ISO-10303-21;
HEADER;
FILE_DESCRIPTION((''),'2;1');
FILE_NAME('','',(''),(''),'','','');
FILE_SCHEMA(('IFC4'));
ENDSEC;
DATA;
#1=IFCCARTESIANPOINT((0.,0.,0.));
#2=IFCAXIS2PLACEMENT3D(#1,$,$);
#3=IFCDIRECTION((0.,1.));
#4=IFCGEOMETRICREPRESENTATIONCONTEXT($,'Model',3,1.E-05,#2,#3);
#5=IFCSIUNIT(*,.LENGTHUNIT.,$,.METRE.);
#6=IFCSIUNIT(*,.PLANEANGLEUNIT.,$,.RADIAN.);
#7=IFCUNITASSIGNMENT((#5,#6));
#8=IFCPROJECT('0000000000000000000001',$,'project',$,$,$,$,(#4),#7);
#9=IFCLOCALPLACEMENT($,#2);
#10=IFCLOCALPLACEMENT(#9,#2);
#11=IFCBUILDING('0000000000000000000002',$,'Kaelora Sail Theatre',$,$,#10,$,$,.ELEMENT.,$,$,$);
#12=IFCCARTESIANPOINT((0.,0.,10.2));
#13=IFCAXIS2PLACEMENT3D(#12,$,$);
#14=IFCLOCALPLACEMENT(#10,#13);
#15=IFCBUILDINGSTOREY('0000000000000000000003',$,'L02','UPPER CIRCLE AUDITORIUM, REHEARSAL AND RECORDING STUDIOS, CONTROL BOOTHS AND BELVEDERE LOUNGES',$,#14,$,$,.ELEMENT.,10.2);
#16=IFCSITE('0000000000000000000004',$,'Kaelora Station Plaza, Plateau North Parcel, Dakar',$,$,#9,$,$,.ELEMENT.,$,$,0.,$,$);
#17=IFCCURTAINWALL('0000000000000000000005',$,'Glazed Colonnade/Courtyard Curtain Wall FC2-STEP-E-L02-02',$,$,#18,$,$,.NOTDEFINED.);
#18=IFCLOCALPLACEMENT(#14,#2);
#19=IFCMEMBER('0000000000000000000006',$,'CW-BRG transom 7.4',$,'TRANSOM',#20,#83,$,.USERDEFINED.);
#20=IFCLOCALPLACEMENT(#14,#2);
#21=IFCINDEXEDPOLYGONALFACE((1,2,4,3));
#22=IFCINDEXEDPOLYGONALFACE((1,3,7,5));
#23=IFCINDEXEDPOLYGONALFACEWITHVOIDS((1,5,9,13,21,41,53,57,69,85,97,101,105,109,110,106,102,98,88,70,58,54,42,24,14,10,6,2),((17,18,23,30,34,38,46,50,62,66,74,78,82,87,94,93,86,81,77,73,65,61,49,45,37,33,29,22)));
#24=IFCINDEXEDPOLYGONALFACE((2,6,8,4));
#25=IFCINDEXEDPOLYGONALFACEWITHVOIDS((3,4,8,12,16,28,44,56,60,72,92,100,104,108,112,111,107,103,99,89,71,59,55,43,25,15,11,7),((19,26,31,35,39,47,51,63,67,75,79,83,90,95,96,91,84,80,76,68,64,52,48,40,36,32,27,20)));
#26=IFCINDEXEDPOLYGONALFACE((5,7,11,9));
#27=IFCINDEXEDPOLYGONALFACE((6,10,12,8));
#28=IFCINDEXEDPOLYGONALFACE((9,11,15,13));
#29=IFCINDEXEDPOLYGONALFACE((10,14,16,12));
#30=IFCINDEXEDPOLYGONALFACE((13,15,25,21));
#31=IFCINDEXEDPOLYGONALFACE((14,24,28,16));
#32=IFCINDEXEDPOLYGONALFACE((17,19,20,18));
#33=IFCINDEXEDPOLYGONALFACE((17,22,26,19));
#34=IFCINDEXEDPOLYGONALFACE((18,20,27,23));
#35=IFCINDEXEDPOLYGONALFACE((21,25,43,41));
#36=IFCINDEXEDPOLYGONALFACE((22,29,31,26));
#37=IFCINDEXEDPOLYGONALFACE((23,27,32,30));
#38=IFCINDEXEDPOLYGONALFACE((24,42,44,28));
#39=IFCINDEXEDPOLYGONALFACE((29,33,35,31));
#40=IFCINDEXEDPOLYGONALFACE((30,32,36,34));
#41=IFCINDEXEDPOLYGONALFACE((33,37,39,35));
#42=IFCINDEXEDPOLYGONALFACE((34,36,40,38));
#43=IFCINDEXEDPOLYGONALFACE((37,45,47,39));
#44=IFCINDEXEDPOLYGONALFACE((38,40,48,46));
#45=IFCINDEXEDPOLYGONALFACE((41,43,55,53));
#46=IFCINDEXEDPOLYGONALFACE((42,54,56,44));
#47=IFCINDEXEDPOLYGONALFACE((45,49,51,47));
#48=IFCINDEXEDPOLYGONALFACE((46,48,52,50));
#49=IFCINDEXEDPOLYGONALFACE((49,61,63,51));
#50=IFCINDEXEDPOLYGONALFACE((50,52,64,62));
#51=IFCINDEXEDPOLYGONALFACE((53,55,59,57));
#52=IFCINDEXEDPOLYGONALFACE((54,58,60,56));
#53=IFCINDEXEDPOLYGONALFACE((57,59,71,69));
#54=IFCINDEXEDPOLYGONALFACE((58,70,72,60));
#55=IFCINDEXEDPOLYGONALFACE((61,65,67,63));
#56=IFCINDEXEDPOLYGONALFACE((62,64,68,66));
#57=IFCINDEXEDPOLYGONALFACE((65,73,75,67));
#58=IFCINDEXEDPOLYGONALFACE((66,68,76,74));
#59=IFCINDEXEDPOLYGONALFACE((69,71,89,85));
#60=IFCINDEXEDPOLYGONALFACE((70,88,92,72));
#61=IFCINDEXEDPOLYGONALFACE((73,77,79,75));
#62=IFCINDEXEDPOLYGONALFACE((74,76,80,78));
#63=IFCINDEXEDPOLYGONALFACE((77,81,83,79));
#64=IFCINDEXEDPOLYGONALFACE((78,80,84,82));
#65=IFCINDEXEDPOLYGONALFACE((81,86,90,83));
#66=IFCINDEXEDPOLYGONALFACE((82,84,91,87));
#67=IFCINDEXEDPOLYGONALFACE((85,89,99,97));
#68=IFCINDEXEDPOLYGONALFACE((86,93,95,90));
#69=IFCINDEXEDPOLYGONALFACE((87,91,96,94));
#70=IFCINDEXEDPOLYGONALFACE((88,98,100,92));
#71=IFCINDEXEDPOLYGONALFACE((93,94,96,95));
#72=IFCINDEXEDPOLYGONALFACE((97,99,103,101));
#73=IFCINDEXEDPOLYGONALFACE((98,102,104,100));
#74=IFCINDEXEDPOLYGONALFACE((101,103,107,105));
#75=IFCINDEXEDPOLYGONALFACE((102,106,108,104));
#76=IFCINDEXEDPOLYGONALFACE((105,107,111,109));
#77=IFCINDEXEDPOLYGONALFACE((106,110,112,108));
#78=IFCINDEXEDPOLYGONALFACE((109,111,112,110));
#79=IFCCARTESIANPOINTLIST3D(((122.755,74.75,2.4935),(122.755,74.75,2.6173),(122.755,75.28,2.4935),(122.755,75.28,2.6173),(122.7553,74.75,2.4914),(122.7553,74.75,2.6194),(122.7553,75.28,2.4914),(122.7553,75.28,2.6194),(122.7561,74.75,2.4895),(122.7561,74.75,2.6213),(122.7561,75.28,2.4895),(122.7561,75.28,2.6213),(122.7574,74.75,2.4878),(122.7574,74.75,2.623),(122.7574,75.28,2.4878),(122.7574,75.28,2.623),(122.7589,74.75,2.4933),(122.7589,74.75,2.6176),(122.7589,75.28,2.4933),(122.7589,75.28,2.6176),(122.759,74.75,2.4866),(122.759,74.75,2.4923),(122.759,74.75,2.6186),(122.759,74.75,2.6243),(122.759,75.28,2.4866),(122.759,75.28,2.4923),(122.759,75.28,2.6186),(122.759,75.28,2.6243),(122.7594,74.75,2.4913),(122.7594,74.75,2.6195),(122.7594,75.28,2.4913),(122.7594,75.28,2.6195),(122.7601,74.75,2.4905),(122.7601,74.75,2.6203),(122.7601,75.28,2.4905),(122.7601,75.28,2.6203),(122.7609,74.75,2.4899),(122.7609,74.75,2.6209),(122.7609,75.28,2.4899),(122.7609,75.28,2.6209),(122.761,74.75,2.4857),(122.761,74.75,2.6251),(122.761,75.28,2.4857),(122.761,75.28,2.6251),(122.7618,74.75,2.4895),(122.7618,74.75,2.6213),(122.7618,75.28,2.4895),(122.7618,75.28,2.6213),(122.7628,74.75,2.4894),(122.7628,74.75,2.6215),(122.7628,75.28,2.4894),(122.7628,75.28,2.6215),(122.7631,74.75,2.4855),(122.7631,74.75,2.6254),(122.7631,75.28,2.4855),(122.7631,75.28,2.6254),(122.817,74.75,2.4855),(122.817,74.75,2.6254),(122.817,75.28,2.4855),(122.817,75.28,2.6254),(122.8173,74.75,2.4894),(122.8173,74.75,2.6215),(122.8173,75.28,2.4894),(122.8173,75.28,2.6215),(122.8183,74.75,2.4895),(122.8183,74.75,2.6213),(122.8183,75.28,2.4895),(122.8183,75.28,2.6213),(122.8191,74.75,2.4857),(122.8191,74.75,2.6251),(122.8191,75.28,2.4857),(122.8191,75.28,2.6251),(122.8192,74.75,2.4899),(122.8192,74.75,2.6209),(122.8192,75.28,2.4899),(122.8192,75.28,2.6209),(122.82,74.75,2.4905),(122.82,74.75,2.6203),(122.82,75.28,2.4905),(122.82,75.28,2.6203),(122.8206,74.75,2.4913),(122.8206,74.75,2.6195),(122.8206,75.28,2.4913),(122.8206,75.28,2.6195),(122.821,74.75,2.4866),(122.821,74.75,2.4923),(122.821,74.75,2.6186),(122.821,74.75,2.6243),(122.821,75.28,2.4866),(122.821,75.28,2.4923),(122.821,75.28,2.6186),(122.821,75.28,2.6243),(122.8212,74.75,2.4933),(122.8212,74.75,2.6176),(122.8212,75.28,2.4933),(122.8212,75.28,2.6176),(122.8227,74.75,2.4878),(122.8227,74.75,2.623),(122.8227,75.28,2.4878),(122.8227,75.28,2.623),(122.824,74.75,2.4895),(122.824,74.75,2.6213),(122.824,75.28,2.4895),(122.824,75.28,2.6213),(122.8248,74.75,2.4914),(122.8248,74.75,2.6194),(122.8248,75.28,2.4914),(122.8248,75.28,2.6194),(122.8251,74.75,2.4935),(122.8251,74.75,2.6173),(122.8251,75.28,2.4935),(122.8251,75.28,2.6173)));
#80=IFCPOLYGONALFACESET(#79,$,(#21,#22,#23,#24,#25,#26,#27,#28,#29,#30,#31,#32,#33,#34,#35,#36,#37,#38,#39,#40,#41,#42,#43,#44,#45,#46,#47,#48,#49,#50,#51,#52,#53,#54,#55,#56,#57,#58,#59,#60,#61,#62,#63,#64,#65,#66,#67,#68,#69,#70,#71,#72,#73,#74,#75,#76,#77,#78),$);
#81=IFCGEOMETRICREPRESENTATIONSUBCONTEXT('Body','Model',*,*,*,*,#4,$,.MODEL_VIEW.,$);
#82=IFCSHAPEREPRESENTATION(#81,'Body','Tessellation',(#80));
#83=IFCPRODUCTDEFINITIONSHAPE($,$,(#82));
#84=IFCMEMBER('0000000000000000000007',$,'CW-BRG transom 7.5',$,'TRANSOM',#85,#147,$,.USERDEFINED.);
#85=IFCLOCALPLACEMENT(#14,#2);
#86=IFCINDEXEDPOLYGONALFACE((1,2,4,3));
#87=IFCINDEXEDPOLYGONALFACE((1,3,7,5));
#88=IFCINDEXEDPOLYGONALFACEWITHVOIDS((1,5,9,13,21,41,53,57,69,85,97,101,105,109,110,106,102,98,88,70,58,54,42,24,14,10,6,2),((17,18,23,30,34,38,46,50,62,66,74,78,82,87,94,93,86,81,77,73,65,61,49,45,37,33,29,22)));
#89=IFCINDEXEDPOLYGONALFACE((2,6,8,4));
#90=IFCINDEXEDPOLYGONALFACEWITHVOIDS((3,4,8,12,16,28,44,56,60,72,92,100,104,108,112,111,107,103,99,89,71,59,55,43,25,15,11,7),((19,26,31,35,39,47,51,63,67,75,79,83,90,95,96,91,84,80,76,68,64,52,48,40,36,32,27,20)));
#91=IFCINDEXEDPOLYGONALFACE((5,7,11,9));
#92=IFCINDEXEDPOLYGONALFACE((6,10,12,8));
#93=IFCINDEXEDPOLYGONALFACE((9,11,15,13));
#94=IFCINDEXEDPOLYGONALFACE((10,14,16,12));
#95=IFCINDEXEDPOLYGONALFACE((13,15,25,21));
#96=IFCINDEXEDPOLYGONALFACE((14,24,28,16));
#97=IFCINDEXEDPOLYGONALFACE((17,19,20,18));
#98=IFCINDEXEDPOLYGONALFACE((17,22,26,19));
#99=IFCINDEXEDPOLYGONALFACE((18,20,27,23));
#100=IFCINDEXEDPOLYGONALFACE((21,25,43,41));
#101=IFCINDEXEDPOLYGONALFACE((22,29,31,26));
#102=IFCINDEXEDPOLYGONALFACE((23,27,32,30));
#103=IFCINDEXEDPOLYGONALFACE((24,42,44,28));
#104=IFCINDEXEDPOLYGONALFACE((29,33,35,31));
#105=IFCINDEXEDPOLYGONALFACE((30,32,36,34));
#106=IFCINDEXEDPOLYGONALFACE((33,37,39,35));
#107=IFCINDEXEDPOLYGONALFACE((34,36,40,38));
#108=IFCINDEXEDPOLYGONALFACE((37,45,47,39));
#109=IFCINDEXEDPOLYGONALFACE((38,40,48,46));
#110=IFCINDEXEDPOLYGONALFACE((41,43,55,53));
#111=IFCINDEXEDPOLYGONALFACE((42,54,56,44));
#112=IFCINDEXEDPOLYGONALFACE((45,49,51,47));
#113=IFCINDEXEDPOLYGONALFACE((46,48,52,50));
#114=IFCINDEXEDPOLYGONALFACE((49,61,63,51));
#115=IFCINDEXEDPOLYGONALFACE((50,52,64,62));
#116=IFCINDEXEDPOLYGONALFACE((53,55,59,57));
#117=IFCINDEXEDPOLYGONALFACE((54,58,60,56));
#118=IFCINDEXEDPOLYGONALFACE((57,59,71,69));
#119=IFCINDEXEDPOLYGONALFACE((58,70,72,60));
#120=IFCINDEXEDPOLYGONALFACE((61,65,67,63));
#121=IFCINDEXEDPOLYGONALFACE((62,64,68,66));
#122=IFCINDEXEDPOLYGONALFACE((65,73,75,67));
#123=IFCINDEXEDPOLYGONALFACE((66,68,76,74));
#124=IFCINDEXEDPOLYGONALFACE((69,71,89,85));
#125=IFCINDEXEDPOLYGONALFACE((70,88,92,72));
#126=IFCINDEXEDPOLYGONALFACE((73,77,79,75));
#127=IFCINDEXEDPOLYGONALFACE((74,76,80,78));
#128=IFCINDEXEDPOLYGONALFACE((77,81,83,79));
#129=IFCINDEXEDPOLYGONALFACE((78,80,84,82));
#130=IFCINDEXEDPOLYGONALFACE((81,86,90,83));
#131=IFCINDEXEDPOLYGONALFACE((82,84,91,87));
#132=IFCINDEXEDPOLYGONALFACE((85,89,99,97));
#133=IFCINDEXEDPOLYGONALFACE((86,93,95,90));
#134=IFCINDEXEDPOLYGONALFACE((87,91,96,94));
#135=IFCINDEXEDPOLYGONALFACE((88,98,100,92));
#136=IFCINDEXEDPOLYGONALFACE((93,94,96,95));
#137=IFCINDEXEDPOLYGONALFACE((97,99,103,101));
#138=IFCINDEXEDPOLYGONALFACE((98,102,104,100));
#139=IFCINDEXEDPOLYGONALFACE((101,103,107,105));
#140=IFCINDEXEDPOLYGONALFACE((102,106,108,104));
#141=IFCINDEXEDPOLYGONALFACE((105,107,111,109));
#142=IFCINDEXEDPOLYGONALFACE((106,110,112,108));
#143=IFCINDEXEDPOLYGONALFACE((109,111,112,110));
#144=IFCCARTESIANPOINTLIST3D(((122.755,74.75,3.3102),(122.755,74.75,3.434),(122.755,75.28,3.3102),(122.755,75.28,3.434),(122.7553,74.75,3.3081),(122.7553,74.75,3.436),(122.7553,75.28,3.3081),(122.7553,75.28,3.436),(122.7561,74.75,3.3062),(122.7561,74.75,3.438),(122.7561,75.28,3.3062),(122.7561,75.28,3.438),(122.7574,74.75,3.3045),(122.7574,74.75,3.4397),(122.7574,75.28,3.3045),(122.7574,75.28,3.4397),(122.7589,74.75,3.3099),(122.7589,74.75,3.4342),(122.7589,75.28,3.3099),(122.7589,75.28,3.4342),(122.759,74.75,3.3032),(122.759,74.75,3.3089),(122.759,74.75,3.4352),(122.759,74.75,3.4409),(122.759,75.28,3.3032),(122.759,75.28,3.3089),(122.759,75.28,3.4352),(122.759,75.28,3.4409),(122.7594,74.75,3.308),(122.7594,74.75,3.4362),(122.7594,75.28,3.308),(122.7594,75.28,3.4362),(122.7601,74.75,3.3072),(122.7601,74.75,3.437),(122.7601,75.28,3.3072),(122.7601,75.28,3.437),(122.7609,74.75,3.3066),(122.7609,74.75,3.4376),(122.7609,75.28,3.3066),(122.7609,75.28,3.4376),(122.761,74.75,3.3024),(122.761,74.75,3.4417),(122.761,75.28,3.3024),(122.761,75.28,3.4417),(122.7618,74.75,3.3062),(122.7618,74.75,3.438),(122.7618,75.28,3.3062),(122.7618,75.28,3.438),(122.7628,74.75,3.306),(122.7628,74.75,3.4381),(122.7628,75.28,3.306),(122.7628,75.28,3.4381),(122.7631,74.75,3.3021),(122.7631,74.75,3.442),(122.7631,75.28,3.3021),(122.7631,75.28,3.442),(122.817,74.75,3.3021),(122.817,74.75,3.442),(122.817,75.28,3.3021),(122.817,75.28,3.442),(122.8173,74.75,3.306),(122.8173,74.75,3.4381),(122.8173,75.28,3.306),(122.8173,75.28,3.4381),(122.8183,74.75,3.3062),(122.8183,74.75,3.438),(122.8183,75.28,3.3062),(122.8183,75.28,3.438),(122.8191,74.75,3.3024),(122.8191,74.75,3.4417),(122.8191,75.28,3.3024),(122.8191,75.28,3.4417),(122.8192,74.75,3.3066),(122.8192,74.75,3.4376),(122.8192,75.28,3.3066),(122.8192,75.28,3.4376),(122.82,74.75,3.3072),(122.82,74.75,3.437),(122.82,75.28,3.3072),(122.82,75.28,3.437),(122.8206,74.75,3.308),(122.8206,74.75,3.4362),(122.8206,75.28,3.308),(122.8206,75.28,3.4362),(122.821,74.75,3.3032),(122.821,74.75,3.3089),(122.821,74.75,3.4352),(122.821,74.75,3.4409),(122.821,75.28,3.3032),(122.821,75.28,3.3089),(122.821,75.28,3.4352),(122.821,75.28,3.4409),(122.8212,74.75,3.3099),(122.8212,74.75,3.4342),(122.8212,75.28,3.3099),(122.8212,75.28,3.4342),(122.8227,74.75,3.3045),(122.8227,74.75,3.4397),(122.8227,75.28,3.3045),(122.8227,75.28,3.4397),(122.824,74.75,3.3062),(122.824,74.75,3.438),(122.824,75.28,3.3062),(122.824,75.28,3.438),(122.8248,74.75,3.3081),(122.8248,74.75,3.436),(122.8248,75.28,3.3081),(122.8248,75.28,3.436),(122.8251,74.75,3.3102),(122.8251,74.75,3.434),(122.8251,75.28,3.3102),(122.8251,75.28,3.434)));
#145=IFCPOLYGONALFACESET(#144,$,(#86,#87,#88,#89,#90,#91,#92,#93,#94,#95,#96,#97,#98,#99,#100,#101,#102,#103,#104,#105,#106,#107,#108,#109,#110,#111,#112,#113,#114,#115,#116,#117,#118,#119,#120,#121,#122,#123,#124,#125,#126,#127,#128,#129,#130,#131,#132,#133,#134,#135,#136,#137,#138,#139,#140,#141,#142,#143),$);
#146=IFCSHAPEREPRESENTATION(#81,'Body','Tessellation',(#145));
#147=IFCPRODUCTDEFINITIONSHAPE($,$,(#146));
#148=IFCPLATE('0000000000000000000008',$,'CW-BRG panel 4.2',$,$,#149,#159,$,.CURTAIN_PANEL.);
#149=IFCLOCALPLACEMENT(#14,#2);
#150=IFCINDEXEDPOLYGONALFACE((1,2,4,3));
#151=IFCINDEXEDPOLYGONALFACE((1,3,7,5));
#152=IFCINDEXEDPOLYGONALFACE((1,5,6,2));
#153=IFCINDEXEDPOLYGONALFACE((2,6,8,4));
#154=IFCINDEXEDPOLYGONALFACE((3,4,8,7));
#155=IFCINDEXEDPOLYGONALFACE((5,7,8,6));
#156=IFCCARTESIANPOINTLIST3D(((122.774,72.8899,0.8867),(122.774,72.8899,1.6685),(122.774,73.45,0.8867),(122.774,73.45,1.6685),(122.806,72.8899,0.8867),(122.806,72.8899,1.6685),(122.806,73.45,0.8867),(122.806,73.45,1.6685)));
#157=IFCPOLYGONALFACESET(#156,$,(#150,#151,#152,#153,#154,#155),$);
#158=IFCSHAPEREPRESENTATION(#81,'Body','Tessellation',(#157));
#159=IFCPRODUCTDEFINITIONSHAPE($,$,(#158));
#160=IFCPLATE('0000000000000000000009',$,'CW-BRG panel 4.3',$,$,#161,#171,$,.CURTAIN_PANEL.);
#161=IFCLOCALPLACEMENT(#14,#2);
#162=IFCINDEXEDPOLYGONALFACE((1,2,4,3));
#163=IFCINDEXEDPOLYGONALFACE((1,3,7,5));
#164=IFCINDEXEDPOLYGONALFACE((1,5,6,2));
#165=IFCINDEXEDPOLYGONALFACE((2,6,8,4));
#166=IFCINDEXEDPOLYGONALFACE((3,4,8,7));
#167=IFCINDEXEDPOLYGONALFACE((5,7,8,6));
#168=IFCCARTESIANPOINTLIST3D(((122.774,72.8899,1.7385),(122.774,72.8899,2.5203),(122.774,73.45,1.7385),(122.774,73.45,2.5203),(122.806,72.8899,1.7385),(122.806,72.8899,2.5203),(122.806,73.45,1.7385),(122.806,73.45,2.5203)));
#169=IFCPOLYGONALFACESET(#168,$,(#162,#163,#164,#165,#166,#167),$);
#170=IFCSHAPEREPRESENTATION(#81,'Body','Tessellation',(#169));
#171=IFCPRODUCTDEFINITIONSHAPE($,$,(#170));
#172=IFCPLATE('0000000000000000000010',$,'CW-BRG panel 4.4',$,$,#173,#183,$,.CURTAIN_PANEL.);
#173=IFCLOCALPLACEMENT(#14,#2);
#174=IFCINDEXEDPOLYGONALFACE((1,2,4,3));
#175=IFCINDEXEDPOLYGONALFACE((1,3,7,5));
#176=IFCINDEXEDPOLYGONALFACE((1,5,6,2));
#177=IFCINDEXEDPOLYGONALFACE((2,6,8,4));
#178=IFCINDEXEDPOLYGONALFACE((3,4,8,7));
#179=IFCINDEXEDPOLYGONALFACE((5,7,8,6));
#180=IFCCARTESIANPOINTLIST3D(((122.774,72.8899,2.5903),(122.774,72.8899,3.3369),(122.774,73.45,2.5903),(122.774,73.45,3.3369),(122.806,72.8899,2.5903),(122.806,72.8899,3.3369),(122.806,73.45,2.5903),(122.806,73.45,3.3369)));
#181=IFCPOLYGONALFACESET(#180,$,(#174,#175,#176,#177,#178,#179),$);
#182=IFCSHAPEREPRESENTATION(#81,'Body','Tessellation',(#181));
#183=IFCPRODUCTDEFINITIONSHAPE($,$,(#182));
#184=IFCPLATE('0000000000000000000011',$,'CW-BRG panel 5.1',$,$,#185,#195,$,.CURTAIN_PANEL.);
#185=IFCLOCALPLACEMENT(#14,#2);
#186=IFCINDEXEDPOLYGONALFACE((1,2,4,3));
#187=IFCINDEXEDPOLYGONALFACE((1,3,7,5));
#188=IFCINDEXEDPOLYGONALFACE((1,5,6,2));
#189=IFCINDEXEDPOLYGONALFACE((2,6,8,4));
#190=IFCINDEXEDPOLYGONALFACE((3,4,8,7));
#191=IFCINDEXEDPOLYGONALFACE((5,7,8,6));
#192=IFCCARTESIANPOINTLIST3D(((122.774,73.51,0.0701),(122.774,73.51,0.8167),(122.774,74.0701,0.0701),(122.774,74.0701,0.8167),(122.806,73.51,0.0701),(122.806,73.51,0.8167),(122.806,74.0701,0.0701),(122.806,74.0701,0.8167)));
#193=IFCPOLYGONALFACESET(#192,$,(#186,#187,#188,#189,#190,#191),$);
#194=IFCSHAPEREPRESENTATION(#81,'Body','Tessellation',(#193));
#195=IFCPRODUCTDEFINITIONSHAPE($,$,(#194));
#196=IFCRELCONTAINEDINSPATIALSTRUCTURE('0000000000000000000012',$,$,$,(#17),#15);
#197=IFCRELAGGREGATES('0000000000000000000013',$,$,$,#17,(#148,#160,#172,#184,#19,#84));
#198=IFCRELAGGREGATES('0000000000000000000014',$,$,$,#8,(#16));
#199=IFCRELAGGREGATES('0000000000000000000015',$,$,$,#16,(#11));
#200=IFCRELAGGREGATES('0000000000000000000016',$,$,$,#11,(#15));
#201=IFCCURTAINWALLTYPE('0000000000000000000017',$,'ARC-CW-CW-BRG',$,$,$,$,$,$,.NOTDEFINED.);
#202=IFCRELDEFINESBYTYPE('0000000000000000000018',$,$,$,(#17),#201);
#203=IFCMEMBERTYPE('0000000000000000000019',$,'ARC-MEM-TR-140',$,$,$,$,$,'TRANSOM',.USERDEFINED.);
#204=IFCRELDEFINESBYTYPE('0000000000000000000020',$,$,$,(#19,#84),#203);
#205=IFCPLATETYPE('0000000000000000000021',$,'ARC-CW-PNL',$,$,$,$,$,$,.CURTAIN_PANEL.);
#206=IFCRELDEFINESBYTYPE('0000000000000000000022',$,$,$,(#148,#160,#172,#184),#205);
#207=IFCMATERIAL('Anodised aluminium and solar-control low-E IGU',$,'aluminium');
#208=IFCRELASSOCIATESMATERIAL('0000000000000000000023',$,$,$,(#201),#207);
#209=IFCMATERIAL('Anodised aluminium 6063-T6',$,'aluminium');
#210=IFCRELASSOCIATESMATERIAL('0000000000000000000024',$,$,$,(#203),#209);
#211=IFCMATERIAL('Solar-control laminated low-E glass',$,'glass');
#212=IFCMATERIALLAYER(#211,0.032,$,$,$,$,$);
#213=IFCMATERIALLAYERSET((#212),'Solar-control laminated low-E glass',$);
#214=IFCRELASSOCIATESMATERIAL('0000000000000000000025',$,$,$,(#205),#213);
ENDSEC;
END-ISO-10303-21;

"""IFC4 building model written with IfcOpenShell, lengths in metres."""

from ifc_helpers import new_model, si_unit, direction, frame, origin, origin_2d, place, context, subcontext, project, spatial, rectangle, hollow_rectangle, extrude, material, layer, layer_set, material_profile, profile_set, type_object, element, aggregate, save


model = new_model("IFC4")

# Units and contexts
model_context = context("Model", 3, precision=1e-05, world=origin(), true_north=direction((0.0, 1.0)))
body_context = subcontext(model_context, "Body", "Model", "MODEL_VIEW")
ifc_project = project(units=[si_unit("LENGTHUNIT", "METRE"), si_unit("PLANEANGLEUNIT", "RADIAN")], contexts=[model_context])

# Site, building, storey
site_placement = place(None, origin())
site = spatial("IfcSite", under=ifc_project, at=site_placement, Name="Kaelora Station Plaza, Plateau North Parcel, Dakar", CompositionType="ELEMENT", RefElevation=0.0)
building_placement = place(site_placement, origin())
building = spatial("IfcBuilding", under=site, at=building_placement, Name="Kaelora Sail Theatre", CompositionType="ELEMENT")
storey_placement = place(building_placement, frame((0.0, 0.0, 10.2)))
storey = spatial("IfcBuildingStorey", under=building, at=storey_placement, Name="L02", Description="UPPER CIRCLE AUDITORIUM, REHEARSAL AND RECORDING STUDIOS, CONTROL BOOTHS AND BELVEDERE LOUNGES", CompositionType="ELEMENT", Elevation=10.2)

# Curtain wall
ifc_material_1 = material(Name="Anodised aluminium and solar-control low-E IGU", Category="aluminium")
curtain_wall_type = type_object("IfcCurtainWallType", Name="ARC-CW-CW-BRG", PredefinedType="NOTDEFINED", material=ifc_material_1)
curtain_wall_1_placement = place(storey_placement, origin())
curtain_wall_1 = element("IfcCurtainWall", 1, at=curtain_wall_1_placement, inside=storey, type_object=curtain_wall_type, Name="Glazed Colonnade/Courtyard Curtain Wall FC2-STEP-E-L02-02", PredefinedType="NOTDEFINED")

# Members
ifc_material_2 = material(Name="Anodised aluminium 6063-T6", Category="aluminium")
ifc_material_profile_1 = material_profile(ifc_material_2, hollow_rectangle(XDim=0.0701, YDim=0.1399, WallThickness=0.0039, InnerFilletRadius=0.0039, OuterFilletRadius=0.0081, at=origin_2d()), Name="ALU-TRAN 70x140x4")
ifc_profile_set_1 = profile_set([ifc_material_profile_1], Name="Anodised aluminium 6063-T6")
member_type_1 = type_object("IfcMemberType", Name="ARC-MEM-TR-140", ElementType="TRANSOM", PredefinedType="USERDEFINED", material=ifc_profile_set_1)
member_1_placement = place(storey_placement, frame((122.79, 74.75, 2.5554), z_axis=(0.0, 1.0, 0.0), x_axis=(-1.0, 0.0, 0.0)))
member_1 = element("IfcMember", 2, at=member_1_placement, type_object=member_type_1, Name="CW-BRG transom 7.4", ObjectType="TRANSOM", PredefinedType="USERDEFINED", context=body_context, shape_type="SweptSolid", body=[
    extrude(hollow_rectangle(XDim=0.0701, YDim=0.1399, WallThickness=0.0039, InnerFilletRadius=0.0039, OuterFilletRadius=0.0081, at=origin_2d()), origin(), (0.0, 0.0, 1.0), 0.53),
])
member_2_placement = place(storey_placement, frame((122.79, 74.75, 3.3721), z_axis=(0.0, 1.0, 0.0), x_axis=(-1.0, 0.0, 0.0)))
member_2 = element("IfcMember", 3, at=member_2_placement, type_object=member_type_1, Name="CW-BRG transom 7.5", ObjectType="TRANSOM", PredefinedType="USERDEFINED", context=body_context, shape_type="SweptSolid", body=[
    extrude(hollow_rectangle(XDim=0.0701, YDim=0.1399, WallThickness=0.0039, InnerFilletRadius=0.0039, OuterFilletRadius=0.0081, at=origin_2d()), origin(), (0.0, 0.0, 1.0), 0.53),
])

# Plates
ifc_material_3 = material(Name="Solar-control laminated low-E glass", Category="glass")
ifc_layer = layer(ifc_material_3, 0.032)
ifc_layer_set = layer_set([ifc_layer], Name="Solar-control laminated low-E glass")
plate_type = type_object("IfcPlateType", Name="ARC-CW-PNL", PredefinedType="CURTAIN_PANEL", material=ifc_layer_set)
plate_1_placement = place(storey_placement, frame((122.79, 73.1699, 0.8867), z_axis=(0.0, 0.0, 1.0), x_axis=(0.0, 1.0, 0.0)))
plate_1 = element("IfcPlate", 4, at=plate_1_placement, type_object=plate_type, Name="CW-BRG panel 4.2", PredefinedType="CURTAIN_PANEL", context=body_context, shape_type="SweptSolid", body=[
    extrude(rectangle(XDim=0.5601, YDim=0.032, at=origin_2d()), origin(), (0.0, 0.0, 1.0), 0.7817),
])
plate_2_placement = place(storey_placement, frame((122.79, 73.1699, 1.7385), z_axis=(0.0, 0.0, 1.0), x_axis=(0.0, 1.0, 0.0)))
plate_2 = element("IfcPlate", 5, at=plate_2_placement, type_object=plate_type, Name="CW-BRG panel 4.3", PredefinedType="CURTAIN_PANEL", context=body_context, shape_type="SweptSolid", body=[
    extrude(rectangle(XDim=0.5601, YDim=0.032, at=origin_2d()), origin(), (0.0, 0.0, 1.0), 0.7817),
])
plate_3_placement = place(storey_placement, frame((122.79, 73.1699, 2.5903), z_axis=(0.0, 0.0, 1.0), x_axis=(0.0, 1.0, 0.0)))
plate_3 = element("IfcPlate", 6, at=plate_3_placement, type_object=plate_type, Name="CW-BRG panel 4.4", PredefinedType="CURTAIN_PANEL", context=body_context, shape_type="SweptSolid", body=[
    extrude(rectangle(XDim=0.5601, YDim=0.032, at=origin_2d()), origin(), (0.0, 0.0, 1.0), 0.7466),
])
plate_4_placement = place(storey_placement, frame((122.79, 73.79, 0.0701), z_axis=(0.0, 0.0, 1.0), x_axis=(0.0, 1.0, 0.0)))
plate_4 = element("IfcPlate", 7, at=plate_4_placement, type_object=plate_type, Name="CW-BRG panel 5.1", PredefinedType="CURTAIN_PANEL", context=body_context, shape_type="SweptSolid", body=[
    extrude(rectangle(XDim=0.5601, YDim=0.032, at=origin_2d()), origin(), (0.0, 0.0, 1.0), 0.7466),
])
aggregate(curtain_wall_1, [plate_1, plate_2, plate_3, plate_4, member_1, member_2])

save(model, "model.ifc")
